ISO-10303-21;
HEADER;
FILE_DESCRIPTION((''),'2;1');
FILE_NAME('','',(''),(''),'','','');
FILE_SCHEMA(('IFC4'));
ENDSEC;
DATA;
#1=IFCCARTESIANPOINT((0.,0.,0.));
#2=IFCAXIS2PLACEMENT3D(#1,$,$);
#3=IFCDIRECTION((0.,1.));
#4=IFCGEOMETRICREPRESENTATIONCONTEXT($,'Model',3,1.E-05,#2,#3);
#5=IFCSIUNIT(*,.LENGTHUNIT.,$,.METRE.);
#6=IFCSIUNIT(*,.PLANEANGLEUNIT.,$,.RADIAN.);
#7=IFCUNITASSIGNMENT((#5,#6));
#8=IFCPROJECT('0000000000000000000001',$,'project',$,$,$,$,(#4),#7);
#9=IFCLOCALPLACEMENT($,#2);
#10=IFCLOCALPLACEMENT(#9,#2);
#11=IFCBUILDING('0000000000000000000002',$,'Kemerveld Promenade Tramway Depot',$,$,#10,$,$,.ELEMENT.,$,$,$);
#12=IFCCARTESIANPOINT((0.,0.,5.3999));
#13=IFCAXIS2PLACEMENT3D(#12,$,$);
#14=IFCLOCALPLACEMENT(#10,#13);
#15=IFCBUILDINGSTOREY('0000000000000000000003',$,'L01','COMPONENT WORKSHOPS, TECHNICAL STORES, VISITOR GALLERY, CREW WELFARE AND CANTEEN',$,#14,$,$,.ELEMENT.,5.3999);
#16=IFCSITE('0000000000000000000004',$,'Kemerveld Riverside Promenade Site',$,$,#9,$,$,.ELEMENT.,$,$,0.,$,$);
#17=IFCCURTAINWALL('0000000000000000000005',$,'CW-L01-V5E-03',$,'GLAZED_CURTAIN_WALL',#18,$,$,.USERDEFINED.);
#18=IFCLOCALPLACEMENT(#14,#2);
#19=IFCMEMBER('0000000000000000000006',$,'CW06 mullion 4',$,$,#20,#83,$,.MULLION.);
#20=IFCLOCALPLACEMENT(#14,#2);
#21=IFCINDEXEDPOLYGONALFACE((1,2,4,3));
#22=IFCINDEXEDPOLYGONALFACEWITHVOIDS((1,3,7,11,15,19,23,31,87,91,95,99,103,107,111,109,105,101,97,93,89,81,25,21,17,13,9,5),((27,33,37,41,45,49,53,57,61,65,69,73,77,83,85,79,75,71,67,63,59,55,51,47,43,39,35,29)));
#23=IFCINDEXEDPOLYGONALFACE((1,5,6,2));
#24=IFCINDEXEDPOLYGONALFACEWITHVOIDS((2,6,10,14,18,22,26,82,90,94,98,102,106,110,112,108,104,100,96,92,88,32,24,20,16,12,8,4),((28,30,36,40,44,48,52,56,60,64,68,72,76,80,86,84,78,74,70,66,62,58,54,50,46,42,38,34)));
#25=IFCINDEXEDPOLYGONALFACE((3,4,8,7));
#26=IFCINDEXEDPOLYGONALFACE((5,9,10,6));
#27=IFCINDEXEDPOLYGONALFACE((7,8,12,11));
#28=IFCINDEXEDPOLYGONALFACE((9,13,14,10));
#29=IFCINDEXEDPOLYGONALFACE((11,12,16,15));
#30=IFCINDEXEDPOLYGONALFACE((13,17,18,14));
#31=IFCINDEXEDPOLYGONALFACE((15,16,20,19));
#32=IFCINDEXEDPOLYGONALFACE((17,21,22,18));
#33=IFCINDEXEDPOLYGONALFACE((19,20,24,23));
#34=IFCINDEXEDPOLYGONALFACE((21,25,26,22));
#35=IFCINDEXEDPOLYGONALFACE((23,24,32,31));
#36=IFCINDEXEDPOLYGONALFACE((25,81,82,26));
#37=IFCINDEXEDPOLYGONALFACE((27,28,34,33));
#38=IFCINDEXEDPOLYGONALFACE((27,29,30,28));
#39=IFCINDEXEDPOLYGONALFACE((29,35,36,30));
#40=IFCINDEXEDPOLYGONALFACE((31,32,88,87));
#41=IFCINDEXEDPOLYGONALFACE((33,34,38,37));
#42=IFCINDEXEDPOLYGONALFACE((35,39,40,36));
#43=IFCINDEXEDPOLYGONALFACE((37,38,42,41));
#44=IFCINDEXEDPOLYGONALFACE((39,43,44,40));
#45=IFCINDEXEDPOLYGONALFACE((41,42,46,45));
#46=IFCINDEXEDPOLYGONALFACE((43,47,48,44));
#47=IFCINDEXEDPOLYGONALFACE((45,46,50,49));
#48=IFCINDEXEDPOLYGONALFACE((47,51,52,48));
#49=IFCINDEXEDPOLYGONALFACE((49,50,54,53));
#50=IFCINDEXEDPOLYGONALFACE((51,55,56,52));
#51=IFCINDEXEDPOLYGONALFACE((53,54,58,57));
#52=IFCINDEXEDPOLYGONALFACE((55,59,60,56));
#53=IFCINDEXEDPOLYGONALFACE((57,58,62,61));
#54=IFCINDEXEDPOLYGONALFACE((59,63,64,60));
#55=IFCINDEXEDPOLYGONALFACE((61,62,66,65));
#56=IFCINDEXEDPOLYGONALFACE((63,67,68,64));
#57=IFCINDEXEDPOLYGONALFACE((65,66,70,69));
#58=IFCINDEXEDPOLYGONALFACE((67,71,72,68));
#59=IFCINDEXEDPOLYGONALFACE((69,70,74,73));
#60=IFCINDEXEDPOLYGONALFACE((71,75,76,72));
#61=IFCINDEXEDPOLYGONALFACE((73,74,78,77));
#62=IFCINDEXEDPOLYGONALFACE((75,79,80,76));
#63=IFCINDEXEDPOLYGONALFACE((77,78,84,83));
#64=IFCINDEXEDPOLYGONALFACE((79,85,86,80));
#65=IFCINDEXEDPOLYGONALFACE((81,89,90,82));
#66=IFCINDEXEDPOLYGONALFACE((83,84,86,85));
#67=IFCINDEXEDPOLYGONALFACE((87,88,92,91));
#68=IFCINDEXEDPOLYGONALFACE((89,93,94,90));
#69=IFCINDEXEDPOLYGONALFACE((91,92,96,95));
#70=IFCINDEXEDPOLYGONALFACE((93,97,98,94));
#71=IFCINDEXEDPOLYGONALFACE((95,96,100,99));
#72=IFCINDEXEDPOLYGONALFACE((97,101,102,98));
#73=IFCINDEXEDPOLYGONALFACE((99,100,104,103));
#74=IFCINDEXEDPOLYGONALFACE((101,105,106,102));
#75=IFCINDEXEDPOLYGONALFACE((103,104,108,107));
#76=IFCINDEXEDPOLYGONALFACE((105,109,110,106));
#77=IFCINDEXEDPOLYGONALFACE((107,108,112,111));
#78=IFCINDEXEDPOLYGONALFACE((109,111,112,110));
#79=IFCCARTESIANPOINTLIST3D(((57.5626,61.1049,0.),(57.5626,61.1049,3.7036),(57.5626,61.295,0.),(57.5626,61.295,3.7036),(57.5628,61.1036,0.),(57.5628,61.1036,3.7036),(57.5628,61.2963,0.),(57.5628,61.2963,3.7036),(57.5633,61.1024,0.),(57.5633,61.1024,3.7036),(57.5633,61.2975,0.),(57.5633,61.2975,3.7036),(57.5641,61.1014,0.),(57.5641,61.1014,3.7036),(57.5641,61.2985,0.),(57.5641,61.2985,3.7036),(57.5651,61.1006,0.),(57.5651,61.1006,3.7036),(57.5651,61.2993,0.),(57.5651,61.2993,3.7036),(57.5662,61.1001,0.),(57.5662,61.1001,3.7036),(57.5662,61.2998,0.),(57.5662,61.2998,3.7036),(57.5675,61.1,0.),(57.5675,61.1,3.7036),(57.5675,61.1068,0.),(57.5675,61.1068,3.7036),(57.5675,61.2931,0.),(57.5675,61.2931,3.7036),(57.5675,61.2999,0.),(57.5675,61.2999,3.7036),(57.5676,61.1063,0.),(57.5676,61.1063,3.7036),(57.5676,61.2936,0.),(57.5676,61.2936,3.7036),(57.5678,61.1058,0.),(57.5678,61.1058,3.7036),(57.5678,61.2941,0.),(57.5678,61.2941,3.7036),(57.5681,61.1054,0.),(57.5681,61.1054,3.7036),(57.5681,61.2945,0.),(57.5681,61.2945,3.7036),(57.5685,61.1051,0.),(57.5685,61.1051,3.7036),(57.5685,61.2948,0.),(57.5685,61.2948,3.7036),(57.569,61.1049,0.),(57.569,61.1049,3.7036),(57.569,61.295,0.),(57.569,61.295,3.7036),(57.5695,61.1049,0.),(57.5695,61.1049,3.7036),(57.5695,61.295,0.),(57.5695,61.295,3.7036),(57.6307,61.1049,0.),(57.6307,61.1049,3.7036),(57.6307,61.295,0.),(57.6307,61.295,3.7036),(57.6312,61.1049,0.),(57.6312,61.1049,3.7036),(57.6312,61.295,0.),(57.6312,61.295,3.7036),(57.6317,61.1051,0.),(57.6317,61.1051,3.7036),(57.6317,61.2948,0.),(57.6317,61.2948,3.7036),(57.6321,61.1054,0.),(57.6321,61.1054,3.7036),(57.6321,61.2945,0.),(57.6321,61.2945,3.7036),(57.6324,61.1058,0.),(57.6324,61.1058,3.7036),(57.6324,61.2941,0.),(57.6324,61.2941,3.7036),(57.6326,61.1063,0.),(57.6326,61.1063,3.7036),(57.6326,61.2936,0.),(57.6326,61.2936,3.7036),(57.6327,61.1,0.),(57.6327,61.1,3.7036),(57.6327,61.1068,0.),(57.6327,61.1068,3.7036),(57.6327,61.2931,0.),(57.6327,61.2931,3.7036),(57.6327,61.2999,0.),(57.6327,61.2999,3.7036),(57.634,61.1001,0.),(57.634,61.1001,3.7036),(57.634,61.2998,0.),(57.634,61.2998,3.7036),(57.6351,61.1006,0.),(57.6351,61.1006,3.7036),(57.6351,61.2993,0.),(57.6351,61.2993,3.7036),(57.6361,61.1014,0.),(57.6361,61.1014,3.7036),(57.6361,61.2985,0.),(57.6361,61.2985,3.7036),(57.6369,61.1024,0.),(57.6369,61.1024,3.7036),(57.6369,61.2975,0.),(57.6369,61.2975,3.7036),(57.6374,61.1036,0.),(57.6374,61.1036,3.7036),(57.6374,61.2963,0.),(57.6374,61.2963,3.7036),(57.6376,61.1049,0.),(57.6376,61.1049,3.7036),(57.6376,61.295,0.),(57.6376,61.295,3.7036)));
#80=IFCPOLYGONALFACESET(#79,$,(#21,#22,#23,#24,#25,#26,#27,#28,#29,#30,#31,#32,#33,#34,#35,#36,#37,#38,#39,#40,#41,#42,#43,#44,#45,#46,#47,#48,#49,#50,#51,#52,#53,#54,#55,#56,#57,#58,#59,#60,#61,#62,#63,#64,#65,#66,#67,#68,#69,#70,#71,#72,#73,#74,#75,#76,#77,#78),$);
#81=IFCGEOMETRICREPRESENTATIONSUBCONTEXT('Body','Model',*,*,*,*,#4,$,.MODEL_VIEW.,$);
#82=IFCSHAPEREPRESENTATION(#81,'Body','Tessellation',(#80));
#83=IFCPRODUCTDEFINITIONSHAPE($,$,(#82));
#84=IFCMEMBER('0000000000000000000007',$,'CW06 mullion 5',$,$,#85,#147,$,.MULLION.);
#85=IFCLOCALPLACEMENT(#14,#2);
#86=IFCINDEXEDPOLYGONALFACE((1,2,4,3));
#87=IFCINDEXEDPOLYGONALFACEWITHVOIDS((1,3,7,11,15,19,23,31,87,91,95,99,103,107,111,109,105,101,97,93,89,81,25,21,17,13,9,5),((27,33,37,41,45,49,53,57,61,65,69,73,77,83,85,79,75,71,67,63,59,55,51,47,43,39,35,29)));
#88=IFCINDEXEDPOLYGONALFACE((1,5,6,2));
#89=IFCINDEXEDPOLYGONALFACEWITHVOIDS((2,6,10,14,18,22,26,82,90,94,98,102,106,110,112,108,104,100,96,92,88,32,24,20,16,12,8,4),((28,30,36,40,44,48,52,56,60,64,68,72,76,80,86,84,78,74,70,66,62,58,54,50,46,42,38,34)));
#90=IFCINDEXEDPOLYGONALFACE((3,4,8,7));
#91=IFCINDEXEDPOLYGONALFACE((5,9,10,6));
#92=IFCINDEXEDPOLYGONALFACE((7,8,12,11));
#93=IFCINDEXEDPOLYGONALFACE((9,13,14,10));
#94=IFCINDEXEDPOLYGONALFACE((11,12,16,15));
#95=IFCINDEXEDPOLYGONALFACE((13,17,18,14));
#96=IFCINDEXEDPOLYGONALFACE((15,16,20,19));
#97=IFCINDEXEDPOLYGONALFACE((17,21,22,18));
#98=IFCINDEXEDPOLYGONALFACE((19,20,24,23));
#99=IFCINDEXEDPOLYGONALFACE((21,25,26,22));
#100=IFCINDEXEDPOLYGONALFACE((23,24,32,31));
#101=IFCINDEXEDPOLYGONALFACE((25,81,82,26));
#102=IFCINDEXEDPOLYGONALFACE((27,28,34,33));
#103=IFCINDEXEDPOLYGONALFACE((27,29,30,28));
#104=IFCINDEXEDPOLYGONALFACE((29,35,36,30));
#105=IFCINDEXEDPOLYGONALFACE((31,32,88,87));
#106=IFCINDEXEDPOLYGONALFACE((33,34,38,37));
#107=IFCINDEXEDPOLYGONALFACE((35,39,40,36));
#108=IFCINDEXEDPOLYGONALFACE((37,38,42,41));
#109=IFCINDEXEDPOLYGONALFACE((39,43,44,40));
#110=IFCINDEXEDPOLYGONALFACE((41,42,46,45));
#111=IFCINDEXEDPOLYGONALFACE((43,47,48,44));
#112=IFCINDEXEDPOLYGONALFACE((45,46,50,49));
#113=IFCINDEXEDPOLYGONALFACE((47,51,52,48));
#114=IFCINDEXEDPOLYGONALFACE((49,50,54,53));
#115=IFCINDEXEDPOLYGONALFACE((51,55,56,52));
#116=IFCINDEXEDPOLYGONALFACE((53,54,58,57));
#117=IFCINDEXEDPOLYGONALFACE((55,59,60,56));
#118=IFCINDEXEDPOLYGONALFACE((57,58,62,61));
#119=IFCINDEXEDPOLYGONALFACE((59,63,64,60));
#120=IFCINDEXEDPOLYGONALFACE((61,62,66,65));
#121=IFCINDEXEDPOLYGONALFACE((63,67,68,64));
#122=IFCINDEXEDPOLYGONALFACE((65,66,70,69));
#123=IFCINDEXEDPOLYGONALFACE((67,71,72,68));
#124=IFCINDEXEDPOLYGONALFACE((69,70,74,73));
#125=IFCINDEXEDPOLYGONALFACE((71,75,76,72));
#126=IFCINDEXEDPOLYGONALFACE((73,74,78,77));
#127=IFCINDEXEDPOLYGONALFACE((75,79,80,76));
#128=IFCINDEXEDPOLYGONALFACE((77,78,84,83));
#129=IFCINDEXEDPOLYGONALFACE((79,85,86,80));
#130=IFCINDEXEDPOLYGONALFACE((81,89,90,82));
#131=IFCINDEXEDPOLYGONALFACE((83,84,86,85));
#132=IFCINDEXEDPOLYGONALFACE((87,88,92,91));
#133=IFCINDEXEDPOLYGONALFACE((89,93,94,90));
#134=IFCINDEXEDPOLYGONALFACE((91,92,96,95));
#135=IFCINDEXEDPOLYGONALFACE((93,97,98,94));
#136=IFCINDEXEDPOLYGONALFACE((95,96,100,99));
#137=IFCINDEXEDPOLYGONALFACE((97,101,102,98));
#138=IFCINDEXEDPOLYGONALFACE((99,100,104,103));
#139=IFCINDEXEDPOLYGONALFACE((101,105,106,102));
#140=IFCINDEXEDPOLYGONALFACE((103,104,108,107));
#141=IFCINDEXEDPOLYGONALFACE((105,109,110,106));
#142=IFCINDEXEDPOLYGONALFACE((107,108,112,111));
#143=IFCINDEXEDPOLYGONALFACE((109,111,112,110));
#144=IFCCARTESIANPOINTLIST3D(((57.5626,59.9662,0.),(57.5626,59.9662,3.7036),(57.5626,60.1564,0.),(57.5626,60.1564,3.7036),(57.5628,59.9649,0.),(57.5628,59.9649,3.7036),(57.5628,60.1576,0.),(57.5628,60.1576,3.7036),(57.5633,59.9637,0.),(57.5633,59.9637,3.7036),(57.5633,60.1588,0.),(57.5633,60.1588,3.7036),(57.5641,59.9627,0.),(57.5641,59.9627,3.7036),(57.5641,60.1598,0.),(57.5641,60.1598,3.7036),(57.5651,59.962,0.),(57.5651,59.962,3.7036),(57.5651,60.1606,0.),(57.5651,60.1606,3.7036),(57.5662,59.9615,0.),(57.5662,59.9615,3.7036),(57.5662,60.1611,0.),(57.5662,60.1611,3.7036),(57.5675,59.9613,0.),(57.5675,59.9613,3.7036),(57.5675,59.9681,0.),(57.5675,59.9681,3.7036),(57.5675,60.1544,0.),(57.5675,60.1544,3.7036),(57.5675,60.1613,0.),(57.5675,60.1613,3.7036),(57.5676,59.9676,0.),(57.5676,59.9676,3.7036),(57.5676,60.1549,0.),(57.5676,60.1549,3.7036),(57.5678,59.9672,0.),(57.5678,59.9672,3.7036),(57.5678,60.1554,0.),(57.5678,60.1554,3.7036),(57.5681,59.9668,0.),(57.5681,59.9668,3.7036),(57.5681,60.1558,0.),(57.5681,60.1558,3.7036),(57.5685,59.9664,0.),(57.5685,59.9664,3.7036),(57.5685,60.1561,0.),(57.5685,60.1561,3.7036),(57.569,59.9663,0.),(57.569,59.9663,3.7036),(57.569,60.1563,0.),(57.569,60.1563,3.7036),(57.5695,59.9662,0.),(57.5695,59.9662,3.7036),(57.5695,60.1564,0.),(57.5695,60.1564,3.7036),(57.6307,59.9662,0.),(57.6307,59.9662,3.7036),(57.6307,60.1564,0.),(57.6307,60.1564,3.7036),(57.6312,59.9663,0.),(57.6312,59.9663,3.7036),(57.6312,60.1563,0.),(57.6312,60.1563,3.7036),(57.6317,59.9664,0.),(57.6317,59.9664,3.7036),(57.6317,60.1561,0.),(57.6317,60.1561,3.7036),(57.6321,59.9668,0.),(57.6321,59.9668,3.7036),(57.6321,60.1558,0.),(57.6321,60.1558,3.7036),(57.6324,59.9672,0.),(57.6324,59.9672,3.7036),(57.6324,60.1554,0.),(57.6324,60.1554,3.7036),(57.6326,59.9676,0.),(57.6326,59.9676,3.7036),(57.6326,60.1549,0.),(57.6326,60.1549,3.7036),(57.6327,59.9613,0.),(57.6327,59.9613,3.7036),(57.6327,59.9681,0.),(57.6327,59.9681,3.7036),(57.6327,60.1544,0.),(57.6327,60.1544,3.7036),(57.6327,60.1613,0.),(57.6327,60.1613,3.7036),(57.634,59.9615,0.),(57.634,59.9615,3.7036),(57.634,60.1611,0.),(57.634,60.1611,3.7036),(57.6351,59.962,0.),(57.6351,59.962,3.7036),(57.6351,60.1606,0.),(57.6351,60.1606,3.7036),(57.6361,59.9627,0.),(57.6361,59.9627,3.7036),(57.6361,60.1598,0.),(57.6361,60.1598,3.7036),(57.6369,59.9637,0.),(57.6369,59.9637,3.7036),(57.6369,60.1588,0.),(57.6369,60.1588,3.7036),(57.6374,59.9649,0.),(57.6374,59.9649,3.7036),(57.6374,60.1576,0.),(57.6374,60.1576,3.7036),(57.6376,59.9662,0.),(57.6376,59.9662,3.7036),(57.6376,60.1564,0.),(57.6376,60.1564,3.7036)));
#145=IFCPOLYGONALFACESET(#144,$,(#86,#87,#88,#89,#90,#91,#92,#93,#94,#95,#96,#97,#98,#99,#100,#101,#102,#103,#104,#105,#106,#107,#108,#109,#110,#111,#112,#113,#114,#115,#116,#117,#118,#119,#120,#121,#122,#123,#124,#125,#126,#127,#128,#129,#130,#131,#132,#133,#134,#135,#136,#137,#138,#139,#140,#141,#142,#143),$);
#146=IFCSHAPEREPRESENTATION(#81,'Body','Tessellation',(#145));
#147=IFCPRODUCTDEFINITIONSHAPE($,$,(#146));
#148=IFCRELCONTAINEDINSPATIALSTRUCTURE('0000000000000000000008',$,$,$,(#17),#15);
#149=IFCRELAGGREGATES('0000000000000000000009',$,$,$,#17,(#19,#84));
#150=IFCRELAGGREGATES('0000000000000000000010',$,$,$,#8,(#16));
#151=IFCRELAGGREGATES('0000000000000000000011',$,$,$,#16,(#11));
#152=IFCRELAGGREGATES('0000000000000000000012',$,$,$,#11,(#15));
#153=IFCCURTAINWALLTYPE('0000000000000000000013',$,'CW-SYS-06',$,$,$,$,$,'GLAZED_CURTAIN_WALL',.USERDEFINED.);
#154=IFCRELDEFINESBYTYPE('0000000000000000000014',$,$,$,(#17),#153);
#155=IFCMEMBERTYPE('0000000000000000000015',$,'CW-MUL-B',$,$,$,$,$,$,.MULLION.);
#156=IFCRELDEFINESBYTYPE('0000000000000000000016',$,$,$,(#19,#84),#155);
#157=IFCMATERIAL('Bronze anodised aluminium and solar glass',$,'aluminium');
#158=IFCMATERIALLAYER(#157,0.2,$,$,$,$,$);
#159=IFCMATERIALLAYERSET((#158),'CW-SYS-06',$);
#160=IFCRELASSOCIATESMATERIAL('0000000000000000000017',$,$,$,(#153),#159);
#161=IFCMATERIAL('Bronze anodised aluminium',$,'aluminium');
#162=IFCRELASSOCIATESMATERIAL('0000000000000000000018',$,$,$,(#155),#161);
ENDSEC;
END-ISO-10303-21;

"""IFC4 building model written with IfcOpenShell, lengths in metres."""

from ifc_helpers import new_model, si_unit, direction, frame, origin, origin_2d, place, context, subcontext, project, spatial, hollow_rectangle, extrude, material, layer, layer_set, material_profile, profile_set, type_object, element, aggregate, save


model = new_model("IFC4")

# Units and contexts
model_context = context("Model", 3, precision=1e-05, world=origin(), true_north=direction((0.0, 1.0)))
body_context = subcontext(model_context, "Body", "Model", "MODEL_VIEW")
ifc_project = project(units=[si_unit("LENGTHUNIT", "METRE"), si_unit("PLANEANGLEUNIT", "RADIAN")], contexts=[model_context])

# Site, building, storey
site_placement = place(None, origin())
site = spatial("IfcSite", under=ifc_project, at=site_placement, Name="Kemerveld Riverside Promenade Site", CompositionType="ELEMENT", RefElevation=0.0)
building_placement = place(site_placement, origin())
building = spatial("IfcBuilding", under=site, at=building_placement, Name="Kemerveld Promenade Tramway Depot", CompositionType="ELEMENT")
storey_placement = place(building_placement, frame((0.0, 0.0, 5.3999)))
storey = spatial("IfcBuildingStorey", under=building, at=storey_placement, Name="L01", Description="COMPONENT WORKSHOPS, TECHNICAL STORES, VISITOR GALLERY, CREW WELFARE AND CANTEEN", CompositionType="ELEMENT", Elevation=5.3999)

# Curtain wall, members
ifc_material_1 = material(Name="Bronze anodised aluminium and solar glass", Category="aluminium")
ifc_layer_1 = layer(ifc_material_1, 0.2)
ifc_layer_set_1 = layer_set([ifc_layer_1], Name="CW-SYS-06")
curtain_wall_type = type_object("IfcCurtainWallType", Name="CW-SYS-06", ElementType="GLAZED_CURTAIN_WALL", PredefinedType="USERDEFINED", material=ifc_layer_set_1)
curtain_wall_placement = place(storey_placement, origin())
curtain_wall = element("IfcCurtainWall", 1, at=curtain_wall_placement, inside=storey, type_object=curtain_wall_type, Name="CW-L01-V5E-03", ObjectType="GLAZED_CURTAIN_WALL", PredefinedType="USERDEFINED")
ifc_material_2 = material(Name="Bronze anodised aluminium", Category="aluminium")
ifc_material_profile_1 = material_profile(ifc_material_2, hollow_rectangle(XDim=0.075, YDim=0.2, WallThickness=0.0049, InnerFilletRadius=0.002, OuterFilletRadius=0.0049, at=origin_2d()), Name="CW-MUL-200x75")
ifc_profile_set_1 = profile_set([ifc_material_profile_1], Name="Bronze anodised aluminium")
member_type_1 = type_object("IfcMemberType", Name="CW-MUL-B", PredefinedType="MULLION", material=ifc_profile_set_1)
member_1_placement = place(storey_placement, frame((57.6001, 61.2, 0.0), z_axis=(0.0, 0.0, 1.0), x_axis=(1.0, 0.0, 0.0)))
member_1 = element("IfcMember", 2, at=member_1_placement, type_object=member_type_1, Name="CW06 mullion 4", PredefinedType="MULLION", context=body_context, shape_type="SweptSolid", body=[
    extrude(hollow_rectangle(XDim=0.075, YDim=0.2, WallThickness=0.0049, InnerFilletRadius=0.002, OuterFilletRadius=0.0049, at=origin_2d()), origin(), (0.0, 0.0, 1.0), 3.7036),
])
member_2_placement = place(storey_placement, frame((57.6001, 60.0613, 0.0), z_axis=(0.0, 0.0, 1.0), x_axis=(1.0, 0.0, 0.0)))
member_2 = element("IfcMember", 3, at=member_2_placement, type_object=member_type_1, Name="CW06 mullion 5", PredefinedType="MULLION", context=body_context, shape_type="SweptSolid", body=[
    extrude(hollow_rectangle(XDim=0.075, YDim=0.2, WallThickness=0.0049, InnerFilletRadius=0.002, OuterFilletRadius=0.0049, at=origin_2d()), origin(), (0.0, 0.0, 1.0), 3.7036),
])
aggregate(curtain_wall, [member_1, member_2])

save(model, "model.ifc")
